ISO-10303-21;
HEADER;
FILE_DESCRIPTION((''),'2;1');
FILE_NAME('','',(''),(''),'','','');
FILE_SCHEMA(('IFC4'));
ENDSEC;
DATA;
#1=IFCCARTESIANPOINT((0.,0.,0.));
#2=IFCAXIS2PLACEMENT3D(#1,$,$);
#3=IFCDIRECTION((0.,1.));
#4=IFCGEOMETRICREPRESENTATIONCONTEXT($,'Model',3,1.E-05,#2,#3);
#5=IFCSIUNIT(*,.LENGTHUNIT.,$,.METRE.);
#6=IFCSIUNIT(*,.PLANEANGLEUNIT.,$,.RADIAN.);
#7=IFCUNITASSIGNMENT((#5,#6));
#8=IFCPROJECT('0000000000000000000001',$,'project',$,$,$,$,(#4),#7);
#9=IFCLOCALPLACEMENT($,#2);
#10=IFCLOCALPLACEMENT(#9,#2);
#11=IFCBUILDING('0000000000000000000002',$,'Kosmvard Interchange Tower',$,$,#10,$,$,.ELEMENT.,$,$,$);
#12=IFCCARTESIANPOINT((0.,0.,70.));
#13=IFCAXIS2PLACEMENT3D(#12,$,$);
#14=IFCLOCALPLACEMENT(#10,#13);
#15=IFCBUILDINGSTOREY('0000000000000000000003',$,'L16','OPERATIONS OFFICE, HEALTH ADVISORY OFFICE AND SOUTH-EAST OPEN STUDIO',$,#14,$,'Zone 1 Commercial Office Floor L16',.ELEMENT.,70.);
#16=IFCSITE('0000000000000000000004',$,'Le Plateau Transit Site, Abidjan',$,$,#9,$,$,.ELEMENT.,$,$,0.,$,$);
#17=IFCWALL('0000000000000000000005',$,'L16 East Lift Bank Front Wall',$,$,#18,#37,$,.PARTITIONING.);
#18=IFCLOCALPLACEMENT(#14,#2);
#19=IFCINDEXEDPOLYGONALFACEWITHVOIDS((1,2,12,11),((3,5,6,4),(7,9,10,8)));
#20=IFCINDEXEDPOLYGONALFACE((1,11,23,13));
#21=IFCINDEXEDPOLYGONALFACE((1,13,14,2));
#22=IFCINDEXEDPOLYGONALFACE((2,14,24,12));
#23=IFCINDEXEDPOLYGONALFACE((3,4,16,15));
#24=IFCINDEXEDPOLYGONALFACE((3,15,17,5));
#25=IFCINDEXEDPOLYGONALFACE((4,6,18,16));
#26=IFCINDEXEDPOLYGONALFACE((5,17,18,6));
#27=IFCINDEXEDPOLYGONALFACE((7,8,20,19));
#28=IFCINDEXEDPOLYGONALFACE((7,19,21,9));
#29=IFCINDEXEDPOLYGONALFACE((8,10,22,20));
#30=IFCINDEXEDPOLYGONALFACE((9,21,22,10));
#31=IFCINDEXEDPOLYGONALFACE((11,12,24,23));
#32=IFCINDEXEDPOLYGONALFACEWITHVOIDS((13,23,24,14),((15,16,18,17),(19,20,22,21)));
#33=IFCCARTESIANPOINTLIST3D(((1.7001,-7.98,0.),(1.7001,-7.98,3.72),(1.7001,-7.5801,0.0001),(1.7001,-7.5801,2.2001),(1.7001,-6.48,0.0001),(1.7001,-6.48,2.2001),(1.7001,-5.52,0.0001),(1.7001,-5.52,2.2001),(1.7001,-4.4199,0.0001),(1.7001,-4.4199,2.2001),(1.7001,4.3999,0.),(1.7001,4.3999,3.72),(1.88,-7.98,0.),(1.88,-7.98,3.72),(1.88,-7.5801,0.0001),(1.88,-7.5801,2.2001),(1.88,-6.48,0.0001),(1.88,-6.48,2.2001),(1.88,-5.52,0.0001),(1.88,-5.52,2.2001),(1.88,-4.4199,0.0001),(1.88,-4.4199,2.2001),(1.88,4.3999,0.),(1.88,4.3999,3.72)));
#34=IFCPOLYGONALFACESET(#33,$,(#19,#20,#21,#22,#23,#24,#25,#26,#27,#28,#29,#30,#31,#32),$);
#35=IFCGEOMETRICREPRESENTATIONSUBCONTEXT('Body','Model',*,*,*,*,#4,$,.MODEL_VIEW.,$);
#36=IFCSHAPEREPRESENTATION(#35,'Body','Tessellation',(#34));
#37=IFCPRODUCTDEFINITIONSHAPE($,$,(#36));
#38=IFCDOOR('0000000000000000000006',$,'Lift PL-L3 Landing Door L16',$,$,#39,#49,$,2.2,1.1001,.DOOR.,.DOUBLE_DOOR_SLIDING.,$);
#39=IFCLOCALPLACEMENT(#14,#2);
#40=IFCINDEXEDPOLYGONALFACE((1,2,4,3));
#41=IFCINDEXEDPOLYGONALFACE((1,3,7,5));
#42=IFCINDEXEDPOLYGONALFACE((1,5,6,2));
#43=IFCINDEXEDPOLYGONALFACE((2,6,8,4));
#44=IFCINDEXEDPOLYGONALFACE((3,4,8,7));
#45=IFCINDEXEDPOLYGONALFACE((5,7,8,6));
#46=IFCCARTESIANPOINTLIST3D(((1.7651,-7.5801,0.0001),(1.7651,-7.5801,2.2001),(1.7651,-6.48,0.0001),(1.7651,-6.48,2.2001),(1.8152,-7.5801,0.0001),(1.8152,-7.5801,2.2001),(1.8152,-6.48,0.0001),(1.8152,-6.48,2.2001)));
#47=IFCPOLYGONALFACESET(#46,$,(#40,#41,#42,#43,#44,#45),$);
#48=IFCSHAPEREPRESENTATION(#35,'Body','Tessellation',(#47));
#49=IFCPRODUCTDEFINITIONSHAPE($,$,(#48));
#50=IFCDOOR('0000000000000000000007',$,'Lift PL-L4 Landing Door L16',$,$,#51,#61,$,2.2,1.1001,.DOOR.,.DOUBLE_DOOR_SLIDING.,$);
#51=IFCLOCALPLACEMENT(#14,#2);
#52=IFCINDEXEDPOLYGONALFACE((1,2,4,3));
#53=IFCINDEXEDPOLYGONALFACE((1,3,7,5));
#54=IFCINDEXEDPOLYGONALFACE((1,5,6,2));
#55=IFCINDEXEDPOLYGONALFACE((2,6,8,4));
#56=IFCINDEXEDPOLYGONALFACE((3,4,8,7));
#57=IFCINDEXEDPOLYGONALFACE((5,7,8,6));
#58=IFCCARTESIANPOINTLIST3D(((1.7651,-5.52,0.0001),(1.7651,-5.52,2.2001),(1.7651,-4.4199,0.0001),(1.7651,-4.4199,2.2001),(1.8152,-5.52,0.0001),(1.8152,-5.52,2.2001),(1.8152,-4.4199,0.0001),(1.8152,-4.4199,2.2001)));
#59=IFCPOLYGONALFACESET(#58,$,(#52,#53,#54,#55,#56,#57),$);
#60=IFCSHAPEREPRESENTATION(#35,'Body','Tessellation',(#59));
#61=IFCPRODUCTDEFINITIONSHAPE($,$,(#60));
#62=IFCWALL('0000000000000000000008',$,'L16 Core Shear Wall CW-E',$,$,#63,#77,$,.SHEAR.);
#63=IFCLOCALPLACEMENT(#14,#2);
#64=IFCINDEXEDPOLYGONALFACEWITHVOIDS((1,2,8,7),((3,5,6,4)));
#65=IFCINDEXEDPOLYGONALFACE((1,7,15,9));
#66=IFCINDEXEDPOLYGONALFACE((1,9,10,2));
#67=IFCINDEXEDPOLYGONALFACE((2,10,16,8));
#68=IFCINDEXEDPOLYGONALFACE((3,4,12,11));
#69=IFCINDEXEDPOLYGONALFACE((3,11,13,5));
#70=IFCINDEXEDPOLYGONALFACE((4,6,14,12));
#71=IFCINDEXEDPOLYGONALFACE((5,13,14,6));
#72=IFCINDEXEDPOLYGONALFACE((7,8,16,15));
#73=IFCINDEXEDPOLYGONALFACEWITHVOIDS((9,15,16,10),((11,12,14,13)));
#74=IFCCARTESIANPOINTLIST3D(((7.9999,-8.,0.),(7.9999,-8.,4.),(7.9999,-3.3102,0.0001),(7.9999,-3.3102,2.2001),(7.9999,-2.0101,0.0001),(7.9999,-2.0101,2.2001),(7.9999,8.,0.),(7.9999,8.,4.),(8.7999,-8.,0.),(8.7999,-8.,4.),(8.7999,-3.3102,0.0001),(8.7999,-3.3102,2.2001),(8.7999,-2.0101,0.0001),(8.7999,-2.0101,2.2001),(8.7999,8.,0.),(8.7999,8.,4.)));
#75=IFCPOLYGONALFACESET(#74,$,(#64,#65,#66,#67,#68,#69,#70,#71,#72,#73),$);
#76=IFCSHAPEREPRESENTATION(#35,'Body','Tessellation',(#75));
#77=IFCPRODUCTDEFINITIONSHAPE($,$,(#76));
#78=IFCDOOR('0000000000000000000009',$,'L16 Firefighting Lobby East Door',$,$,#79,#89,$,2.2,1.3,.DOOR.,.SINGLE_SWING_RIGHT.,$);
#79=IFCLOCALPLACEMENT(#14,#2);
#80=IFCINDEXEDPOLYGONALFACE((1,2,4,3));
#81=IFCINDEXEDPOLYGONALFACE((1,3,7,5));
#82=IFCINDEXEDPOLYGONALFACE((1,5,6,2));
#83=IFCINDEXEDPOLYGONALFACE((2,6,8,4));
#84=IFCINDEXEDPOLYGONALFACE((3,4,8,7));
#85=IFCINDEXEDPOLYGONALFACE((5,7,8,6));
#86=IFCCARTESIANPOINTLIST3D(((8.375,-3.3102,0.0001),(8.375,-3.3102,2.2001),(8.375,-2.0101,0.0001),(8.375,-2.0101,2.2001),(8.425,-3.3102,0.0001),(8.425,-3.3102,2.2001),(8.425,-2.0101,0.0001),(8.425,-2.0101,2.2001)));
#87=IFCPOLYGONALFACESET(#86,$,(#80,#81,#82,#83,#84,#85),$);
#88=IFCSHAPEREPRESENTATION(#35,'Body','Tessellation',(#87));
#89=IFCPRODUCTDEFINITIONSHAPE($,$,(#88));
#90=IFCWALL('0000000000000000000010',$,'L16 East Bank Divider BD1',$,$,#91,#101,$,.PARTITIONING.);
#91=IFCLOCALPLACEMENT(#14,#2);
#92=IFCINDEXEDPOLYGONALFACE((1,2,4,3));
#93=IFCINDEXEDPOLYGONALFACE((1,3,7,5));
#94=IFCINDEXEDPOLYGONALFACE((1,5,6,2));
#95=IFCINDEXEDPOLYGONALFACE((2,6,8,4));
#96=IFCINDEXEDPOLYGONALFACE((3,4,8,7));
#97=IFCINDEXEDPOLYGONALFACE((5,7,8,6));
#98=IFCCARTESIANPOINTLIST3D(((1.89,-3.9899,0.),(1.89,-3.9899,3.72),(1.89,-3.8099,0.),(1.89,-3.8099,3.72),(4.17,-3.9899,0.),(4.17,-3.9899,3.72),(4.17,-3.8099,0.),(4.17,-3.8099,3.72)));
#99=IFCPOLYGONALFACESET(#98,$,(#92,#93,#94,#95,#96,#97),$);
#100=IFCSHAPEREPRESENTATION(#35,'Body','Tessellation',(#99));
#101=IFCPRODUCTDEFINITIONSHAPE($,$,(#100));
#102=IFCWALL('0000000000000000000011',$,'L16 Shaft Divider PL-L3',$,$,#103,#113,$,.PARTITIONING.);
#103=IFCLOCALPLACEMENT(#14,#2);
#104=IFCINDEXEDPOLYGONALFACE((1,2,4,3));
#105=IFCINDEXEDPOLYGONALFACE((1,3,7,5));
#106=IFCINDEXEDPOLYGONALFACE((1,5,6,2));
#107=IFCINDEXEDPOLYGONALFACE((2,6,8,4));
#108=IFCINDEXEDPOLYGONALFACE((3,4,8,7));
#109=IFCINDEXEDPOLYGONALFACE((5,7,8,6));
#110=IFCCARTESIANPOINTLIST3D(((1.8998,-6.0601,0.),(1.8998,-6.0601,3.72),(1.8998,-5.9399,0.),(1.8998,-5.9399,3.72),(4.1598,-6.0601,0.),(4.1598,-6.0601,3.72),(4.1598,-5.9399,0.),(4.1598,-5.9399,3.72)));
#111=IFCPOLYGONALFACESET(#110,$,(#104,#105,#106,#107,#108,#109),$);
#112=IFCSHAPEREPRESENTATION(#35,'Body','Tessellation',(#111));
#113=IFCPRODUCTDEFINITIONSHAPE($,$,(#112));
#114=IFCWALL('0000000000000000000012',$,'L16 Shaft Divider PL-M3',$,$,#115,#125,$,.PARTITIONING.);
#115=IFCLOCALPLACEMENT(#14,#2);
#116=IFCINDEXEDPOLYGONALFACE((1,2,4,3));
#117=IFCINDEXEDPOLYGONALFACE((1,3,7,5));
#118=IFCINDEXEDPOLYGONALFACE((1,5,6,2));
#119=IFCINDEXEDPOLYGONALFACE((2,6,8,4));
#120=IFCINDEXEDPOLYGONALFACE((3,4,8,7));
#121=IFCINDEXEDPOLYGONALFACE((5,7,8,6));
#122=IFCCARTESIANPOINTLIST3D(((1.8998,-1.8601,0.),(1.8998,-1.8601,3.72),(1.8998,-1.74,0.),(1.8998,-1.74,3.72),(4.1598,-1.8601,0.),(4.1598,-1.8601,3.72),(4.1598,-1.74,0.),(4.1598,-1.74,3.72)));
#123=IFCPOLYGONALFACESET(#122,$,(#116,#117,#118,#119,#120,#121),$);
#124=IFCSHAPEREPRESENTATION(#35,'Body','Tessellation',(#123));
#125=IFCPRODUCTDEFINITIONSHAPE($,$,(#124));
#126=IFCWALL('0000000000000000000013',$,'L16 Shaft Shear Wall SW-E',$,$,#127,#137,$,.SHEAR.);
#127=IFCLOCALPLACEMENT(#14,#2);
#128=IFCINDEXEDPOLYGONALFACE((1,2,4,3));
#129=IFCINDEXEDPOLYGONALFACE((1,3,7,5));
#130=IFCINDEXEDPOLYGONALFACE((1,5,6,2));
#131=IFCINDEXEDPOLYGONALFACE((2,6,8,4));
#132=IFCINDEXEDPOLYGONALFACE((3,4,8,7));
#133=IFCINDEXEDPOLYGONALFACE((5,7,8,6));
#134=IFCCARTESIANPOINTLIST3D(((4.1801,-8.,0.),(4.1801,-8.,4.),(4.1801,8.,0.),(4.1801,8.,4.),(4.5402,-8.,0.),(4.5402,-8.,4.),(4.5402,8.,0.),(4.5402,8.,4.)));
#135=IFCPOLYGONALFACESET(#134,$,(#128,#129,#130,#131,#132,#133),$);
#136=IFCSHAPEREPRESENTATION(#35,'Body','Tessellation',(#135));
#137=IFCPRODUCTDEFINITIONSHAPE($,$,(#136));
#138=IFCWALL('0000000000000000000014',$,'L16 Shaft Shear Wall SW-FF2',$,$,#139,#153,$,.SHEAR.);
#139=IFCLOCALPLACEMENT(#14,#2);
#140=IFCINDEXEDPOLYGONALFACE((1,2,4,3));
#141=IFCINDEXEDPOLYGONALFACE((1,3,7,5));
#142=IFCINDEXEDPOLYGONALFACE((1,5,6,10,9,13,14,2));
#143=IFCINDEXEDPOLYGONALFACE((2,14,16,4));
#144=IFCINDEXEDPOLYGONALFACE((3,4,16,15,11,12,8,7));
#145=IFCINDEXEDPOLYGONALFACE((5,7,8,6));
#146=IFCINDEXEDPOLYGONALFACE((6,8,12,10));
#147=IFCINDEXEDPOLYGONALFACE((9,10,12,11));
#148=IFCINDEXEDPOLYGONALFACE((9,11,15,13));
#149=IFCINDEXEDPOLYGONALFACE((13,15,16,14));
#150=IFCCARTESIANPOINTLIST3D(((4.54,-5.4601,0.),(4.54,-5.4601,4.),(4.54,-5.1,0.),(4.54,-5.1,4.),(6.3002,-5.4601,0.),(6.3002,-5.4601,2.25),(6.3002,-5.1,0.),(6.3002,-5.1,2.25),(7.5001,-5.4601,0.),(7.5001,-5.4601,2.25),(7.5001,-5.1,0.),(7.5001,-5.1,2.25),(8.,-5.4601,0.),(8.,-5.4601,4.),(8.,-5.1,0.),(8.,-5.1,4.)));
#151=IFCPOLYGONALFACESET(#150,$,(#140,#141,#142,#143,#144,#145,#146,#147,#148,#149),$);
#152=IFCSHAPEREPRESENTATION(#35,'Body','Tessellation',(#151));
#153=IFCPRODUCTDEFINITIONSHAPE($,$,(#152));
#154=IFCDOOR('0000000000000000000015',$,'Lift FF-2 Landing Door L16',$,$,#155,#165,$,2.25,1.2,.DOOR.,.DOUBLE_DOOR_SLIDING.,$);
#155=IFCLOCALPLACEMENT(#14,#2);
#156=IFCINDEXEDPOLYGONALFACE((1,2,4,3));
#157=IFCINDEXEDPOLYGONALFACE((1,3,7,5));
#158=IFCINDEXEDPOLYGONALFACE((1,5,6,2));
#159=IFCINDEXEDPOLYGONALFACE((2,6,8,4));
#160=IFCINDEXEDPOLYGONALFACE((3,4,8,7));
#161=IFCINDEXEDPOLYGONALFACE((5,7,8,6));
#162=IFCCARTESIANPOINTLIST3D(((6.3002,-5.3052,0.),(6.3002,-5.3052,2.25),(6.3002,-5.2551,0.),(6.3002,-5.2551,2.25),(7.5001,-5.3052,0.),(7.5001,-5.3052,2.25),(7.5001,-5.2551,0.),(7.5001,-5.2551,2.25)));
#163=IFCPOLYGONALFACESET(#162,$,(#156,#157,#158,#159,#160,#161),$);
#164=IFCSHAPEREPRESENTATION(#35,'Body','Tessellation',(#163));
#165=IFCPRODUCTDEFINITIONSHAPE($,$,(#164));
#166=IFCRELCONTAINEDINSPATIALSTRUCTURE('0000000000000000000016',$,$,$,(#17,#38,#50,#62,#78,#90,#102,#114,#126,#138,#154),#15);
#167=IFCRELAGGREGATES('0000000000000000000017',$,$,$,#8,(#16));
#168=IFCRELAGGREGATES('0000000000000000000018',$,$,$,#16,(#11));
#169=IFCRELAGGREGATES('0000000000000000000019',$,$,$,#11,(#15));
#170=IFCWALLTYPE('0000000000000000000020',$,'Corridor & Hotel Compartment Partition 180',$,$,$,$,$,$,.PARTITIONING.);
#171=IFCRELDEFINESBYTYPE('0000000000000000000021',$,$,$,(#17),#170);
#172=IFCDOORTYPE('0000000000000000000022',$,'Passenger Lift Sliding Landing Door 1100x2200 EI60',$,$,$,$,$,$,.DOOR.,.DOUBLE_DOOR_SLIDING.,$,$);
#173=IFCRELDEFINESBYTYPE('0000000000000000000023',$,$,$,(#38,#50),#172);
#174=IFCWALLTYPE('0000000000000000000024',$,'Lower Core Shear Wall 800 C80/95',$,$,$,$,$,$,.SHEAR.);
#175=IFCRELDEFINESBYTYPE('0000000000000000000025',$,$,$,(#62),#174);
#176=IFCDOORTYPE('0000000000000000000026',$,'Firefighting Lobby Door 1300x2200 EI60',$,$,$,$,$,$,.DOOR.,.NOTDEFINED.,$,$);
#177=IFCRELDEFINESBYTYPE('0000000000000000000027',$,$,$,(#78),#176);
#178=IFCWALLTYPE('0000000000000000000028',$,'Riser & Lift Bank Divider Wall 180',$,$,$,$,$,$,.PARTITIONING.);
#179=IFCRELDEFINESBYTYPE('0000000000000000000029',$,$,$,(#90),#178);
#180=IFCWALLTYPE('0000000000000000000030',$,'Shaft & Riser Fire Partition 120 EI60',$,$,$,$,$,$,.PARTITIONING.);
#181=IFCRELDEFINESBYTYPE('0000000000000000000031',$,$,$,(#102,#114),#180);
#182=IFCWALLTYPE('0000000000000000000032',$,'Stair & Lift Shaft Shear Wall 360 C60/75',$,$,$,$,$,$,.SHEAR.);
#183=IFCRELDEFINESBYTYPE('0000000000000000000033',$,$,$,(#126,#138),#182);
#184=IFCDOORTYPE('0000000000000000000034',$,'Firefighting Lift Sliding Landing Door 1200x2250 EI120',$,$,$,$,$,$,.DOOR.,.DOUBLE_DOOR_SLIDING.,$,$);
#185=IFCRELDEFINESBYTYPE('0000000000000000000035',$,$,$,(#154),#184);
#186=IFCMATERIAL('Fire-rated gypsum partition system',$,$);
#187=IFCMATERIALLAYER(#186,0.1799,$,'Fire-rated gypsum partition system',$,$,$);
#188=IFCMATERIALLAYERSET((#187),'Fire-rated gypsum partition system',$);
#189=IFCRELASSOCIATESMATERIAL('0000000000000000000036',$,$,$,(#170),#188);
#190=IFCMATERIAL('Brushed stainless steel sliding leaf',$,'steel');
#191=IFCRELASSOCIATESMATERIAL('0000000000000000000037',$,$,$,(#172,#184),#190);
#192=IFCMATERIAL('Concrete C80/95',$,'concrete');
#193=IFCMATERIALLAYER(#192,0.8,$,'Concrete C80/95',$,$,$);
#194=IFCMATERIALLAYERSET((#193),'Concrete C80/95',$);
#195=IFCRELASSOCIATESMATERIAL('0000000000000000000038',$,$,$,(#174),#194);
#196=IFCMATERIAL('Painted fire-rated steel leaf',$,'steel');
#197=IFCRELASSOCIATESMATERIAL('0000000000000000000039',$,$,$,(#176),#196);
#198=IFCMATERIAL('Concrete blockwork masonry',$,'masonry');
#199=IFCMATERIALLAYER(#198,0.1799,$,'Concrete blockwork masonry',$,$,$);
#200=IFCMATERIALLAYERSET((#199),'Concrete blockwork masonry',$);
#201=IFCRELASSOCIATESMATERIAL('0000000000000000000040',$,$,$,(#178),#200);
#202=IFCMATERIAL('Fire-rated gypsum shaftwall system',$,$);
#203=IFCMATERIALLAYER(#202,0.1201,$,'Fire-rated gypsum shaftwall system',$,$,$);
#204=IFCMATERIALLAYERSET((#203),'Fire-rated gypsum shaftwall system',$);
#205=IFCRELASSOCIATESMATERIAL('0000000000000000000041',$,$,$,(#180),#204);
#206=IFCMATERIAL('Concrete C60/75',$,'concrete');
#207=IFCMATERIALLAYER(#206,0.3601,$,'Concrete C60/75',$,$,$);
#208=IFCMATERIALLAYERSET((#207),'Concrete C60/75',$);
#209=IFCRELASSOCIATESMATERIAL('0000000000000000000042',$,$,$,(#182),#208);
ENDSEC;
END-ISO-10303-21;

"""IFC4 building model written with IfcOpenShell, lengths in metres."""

from ifc_helpers import new_model, si_unit, direction, frame, frame_2d, origin, place, context, subcontext, project, spatial, rectangle, extrude, source, transform, mapped, material, layer, layer_set, type_object, element, fill, save


model = new_model("IFC4")

# Units and contexts
model_context = context("Model", 3, precision=1e-05, world=origin(), true_north=direction((0.0, 1.0)))
body_context = subcontext(model_context, "Body", "Model", "MODEL_VIEW")
ifc_project = project(units=[si_unit("LENGTHUNIT", "METRE"), si_unit("PLANEANGLEUNIT", "RADIAN")], contexts=[model_context])

# Site, building, storey
site_placement = place(None, origin())
site = spatial("IfcSite", under=ifc_project, at=site_placement, Name="Le Plateau Transit Site, Abidjan", CompositionType="ELEMENT", RefElevation=0.0)
building_placement = place(site_placement, origin())
building = spatial("IfcBuilding", under=site, at=building_placement, Name="Kosmvard Interchange Tower", CompositionType="ELEMENT")
storey_placement = place(building_placement, frame((0.0, 0.0, 70.0)))
storey = spatial("IfcBuildingStorey", under=building, at=storey_placement, Name="L16", Description="OPERATIONS OFFICE, HEALTH ADVISORY OFFICE AND SOUTH-EAST OPEN STUDIO", LongName="Zone 1 Commercial Office Floor L16", CompositionType="ELEMENT", Elevation=70.0)

# Wall, openings, doors
ifc_material_1 = material(Name="Fire-rated gypsum partition system")
ifc_layer_1 = layer(ifc_material_1, 0.1799, Name="Fire-rated gypsum partition system")
ifc_layer_set_1 = layer_set([ifc_layer_1], Name="Fire-rated gypsum partition system")
wall_type_1 = type_object("IfcWallType", Name="Corridor & Hotel Compartment Partition 180", PredefinedType="PARTITIONING", material=ifc_layer_set_1)
wall_1_placement = place(storey_placement, frame((1.79, -7.98, 0.0), z_axis=(0.0, 0.0, 1.0), x_axis=(0.0, 1.0, 0.0)))
wall_1 = element("IfcWall", 1, at=wall_1_placement, inside=storey, type_object=wall_type_1, Name="L16 East Lift Bank Front Wall", PredefinedType="PARTITIONING", context=body_context, shape_type="SweptSolid", body=[
    extrude(rectangle(XDim=12.3799, YDim=0.1799, at=frame_2d((6.1899, 0.0))), origin(), (0.0, 0.0, 1.0), 3.72),
])
opening_1_placement = place(wall_1_placement, frame((0.3999, 0.0, 0.0)))
opening_1 = element("IfcOpeningElement", 2, at=opening_1_placement, cuts=wall_1, PredefinedType="OPENING", context=body_context, shape_type="SweptSolid", body=[
    extrude(rectangle(XDim=1.1001, YDim=2.2, at=frame_2d((0.55, 1.1001))), frame((0.0, 0.1001, 0.0), z_axis=(0.0, -1.0, 0.0), x_axis=(1.0, 0.0, 0.0)), (0.0, 0.0, 1.0), 0.2),
])
opening_2_placement = place(wall_1_placement, frame((2.46, 0.0, 0.0)))
opening_2 = element("IfcOpeningElement", 3, at=opening_2_placement, cuts=wall_1, PredefinedType="OPENING", context=body_context, shape_type="SweptSolid", body=[
    extrude(rectangle(XDim=1.1001, YDim=2.2, at=frame_2d((0.55, 1.1001))), frame((0.0, 0.1001, 0.0), z_axis=(0.0, -1.0, 0.0), x_axis=(1.0, 0.0, 0.0)), (0.0, 0.0, 1.0), 0.2),
])
ifc_material_2 = material(Name="Brushed stainless steel sliding leaf", Category="steel")
door_type_1 = type_object("IfcDoorType", Name="Passenger Lift Sliding Landing Door 1100x2200 EI60", OperationType="DOUBLE_DOOR_SLIDING", PredefinedType="DOOR", material=ifc_material_2)
shared_shape_1 = source(origin(), body_context, "Body", "SweptSolid", [
    extrude(rectangle(XDim=1.1001, YDim=2.2, at=frame_2d((0.55, 1.1001))), frame((0.0, 0.0249, 0.0), z_axis=(0.0, -1.0, 0.0), x_axis=(1.0, 0.0, 0.0)), (0.0, 0.0, 1.0), 0.05),
])
door_1_placement = place(opening_1_placement, origin())
door_1 = element("IfcDoor", 4, at=door_1_placement, inside=storey, type_object=door_type_1, Name="Lift PL-L3 Landing Door L16", OperationType="DOUBLE_DOOR_SLIDING", OverallHeight=2.2, OverallWidth=1.1001, PredefinedType="DOOR", context=body_context, shape_type="MappedRepresentation", body=[
    mapped(shared_shape_1, transform((0.0, 0.0, 0.0), scale=1.0)),
])
fill(opening_1, door_1)
door_2_placement = place(opening_2_placement, origin())
door_2 = element("IfcDoor", 5, at=door_2_placement, inside=storey, type_object=door_type_1, Name="Lift PL-L4 Landing Door L16", OperationType="DOUBLE_DOOR_SLIDING", OverallHeight=2.2, OverallWidth=1.1001, PredefinedType="DOOR", context=body_context, shape_type="MappedRepresentation", body=[
    mapped(shared_shape_1, transform((0.0, 0.0, 0.0), scale=1.0)),
])
fill(opening_2, door_2)

# Wall, opening, door
ifc_material_3 = material(Name="Concrete C80/95", Category="concrete")
ifc_layer_2 = layer(ifc_material_3, 0.8, Name="Concrete C80/95")
ifc_layer_set_2 = layer_set([ifc_layer_2], Name="Concrete C80/95")
wall_type_2 = type_object("IfcWallType", Name="Lower Core Shear Wall 800 C80/95", PredefinedType="SHEAR", material=ifc_layer_set_2)
wall_2_placement = place(storey_placement, frame((8.3999, -8.0, 0.0), z_axis=(0.0, 0.0, 1.0), x_axis=(0.0, 1.0, 0.0)))
wall_2 = element("IfcWall", 6, at=wall_2_placement, inside=storey, type_object=wall_type_2, Name="L16 Core Shear Wall CW-E", PredefinedType="SHEAR", context=body_context, shape_type="SweptSolid", body=[
    extrude(rectangle(XDim=16.0, YDim=0.8, at=frame_2d((8.0, 0.0))), origin(), (0.0, 0.0, 1.0), 4.0),
])
opening_3_placement = place(wall_2_placement, frame((4.6899, 0.0, 0.0)))
opening_3 = element("IfcOpeningElement", 7, at=opening_3_placement, cuts=wall_2, PredefinedType="OPENING", context=body_context, shape_type="SweptSolid", body=[
    extrude(rectangle(XDim=1.3, YDim=2.2, at=frame_2d((0.6499, 1.1001))), frame((0.0, 0.4102, 0.0), z_axis=(0.0, -1.0, 0.0), x_axis=(1.0, 0.0, 0.0)), (0.0, 0.0, 1.0), 0.8201),
])
ifc_material_4 = material(Name="Painted fire-rated steel leaf", Category="steel")
door_type_2 = type_object("IfcDoorType", Name="Firefighting Lobby Door 1300x2200 EI60", OperationType="NOTDEFINED", PredefinedType="DOOR", material=ifc_material_4)
shared_shape_2 = source(origin(), body_context, "Body", "SweptSolid", [
    extrude(rectangle(XDim=1.3, YDim=2.2, at=frame_2d((0.6499, 1.1001))), frame((0.0, 0.0249, 0.0), z_axis=(0.0, -1.0, 0.0), x_axis=(1.0, 0.0, 0.0)), (0.0, 0.0, 1.0), 0.05),
])
door_3_placement = place(opening_3_placement, origin())
door_3 = element("IfcDoor", 8, at=door_3_placement, inside=storey, type_object=door_type_2, Name="L16 Firefighting Lobby East Door", OperationType="SINGLE_SWING_RIGHT", OverallHeight=2.2, OverallWidth=1.3, PredefinedType="DOOR", context=body_context, shape_type="MappedRepresentation", body=[
    mapped(shared_shape_2, transform((0.0, 0.0, 0.0), scale=1.0)),
])
fill(opening_3, door_3)

# Walls
ifc_material_5 = material(Name="Concrete blockwork masonry", Category="masonry")
ifc_layer_3 = layer(ifc_material_5, 0.1799, Name="Concrete blockwork masonry")
ifc_layer_set_3 = layer_set([ifc_layer_3], Name="Concrete blockwork masonry")
wall_type_3 = type_object("IfcWallType", Name="Riser & Lift Bank Divider Wall 180", PredefinedType="PARTITIONING", material=ifc_layer_set_3)
wall_3_placement = place(storey_placement, frame((1.8899, -3.8999, 0.0), z_axis=(0.0, 0.0, 1.0), x_axis=(1.0, 0.0, 0.0)))
element("IfcWall", 9, at=wall_3_placement, inside=storey, type_object=wall_type_3, Name="L16 East Bank Divider BD1", PredefinedType="PARTITIONING", context=body_context, shape_type="SweptSolid", body=[
    extrude(rectangle(XDim=2.28, YDim=0.1799, at=frame_2d((1.1401, 0.0))), origin(), (0.0, 0.0, 1.0), 3.72),
])
ifc_material_6 = material(Name="Fire-rated gypsum shaftwall system")
ifc_layer_4 = layer(ifc_material_6, 0.1201, Name="Fire-rated gypsum shaftwall system")
ifc_layer_set_4 = layer_set([ifc_layer_4], Name="Fire-rated gypsum shaftwall system")
wall_type_4 = type_object("IfcWallType", Name="Shaft & Riser Fire Partition 120 EI60", PredefinedType="PARTITIONING", material=ifc_layer_set_4)
for number, where, z_axis, x_axis, name in (
    (10, (1.8999, -6.0, 0.0), (0.0, 0.0, 1.0), (1.0, 0.0, 0.0), "L16 Shaft Divider PL-L3"),
    (11, (1.8999, -1.8, 0.0), (0.0, 0.0, 1.0), (1.0, 0.0, 0.0), "L16 Shaft Divider PL-M3"),
):
    element("IfcWall", number, at=place(storey_placement, frame(where, z_axis=z_axis, x_axis=x_axis)), inside=storey, type_object=wall_type_4, Name=name, PredefinedType="PARTITIONING", context=body_context, shape_type="SweptSolid", body=[
        extrude(rectangle(XDim=2.26, YDim=0.1201, at=frame_2d((1.1299, 0.0))), origin(), (0.0, 0.0, 1.0), 3.72),
    ])
ifc_material_7 = material(Name="Concrete C60/75", Category="concrete")
ifc_layer_5 = layer(ifc_material_7, 0.3601, Name="Concrete C60/75")
ifc_layer_set_5 = layer_set([ifc_layer_5], Name="Concrete C60/75")
wall_type_5 = type_object("IfcWallType", Name="Stair & Lift Shaft Shear Wall 360 C60/75", PredefinedType="SHEAR", material=ifc_layer_set_5)
wall_4_placement = place(storey_placement, frame((4.3601, -8.0, 0.0), z_axis=(0.0, 0.0, 1.0), x_axis=(0.0, 1.0, 0.0)))
element("IfcWall", 12, at=wall_4_placement, inside=storey, type_object=wall_type_5, Name="L16 Shaft Shear Wall SW-E", PredefinedType="SHEAR", context=body_context, shape_type="SweptSolid", body=[
    extrude(rectangle(XDim=16.0, YDim=0.3601, at=frame_2d((8.0, 0.0))), origin(), (0.0, 0.0, 1.0), 4.0),
])

# Wall, opening, door
wall_5_placement = place(storey_placement, frame((4.54, -5.28, 0.0), z_axis=(0.0, 0.0, 1.0), x_axis=(1.0, 0.0, 0.0)))
wall_5 = element("IfcWall", 13, at=wall_5_placement, inside=storey, type_object=wall_type_5, Name="L16 Shaft Shear Wall SW-FF2", PredefinedType="SHEAR", context=body_context, shape_type="SweptSolid", body=[
    extrude(rectangle(XDim=3.46, YDim=0.3601, at=frame_2d((1.73, 0.0))), origin(), (0.0, 0.0, 1.0), 4.0),
])
opening_4_placement = place(wall_5_placement, frame((1.76, 0.0, 0.0)))
opening_4 = element("IfcOpeningElement", 14, at=opening_4_placement, cuts=wall_5, PredefinedType="OPENING", context=body_context, shape_type="SweptSolid", body=[
    extrude(rectangle(XDim=1.2, YDim=2.25, at=frame_2d((0.6001, 1.125))), frame((0.0, 0.1899, 0.0), z_axis=(0.0, -1.0, 0.0), x_axis=(1.0, 0.0, 0.0)), (0.0, 0.0, 1.0), 0.3801),
])
door_type_3 = type_object("IfcDoorType", Name="Firefighting Lift Sliding Landing Door 1200x2250 EI120", OperationType="DOUBLE_DOOR_SLIDING", PredefinedType="DOOR", material=ifc_material_2)
shared_shape_3 = source(origin(), body_context, "Body", "SweptSolid", [
    extrude(rectangle(XDim=1.2, YDim=2.25, at=frame_2d((0.6001, 1.125))), frame((0.0, 0.0249, 0.0), z_axis=(0.0, -1.0, 0.0), x_axis=(1.0, 0.0, 0.0)), (0.0, 0.0, 1.0), 0.05),
])
door_4_placement = place(opening_4_placement, origin())
door_4 = element("IfcDoor", 15, at=door_4_placement, inside=storey, type_object=door_type_3, Name="Lift FF-2 Landing Door L16", OperationType="DOUBLE_DOOR_SLIDING", OverallHeight=2.25, OverallWidth=1.2, PredefinedType="DOOR", context=body_context, shape_type="MappedRepresentation", body=[
    mapped(shared_shape_3, transform((0.0, 0.0, 0.0), scale=1.0)),
])
fill(opening_4, door_4)

save(model, "model.ifc")
